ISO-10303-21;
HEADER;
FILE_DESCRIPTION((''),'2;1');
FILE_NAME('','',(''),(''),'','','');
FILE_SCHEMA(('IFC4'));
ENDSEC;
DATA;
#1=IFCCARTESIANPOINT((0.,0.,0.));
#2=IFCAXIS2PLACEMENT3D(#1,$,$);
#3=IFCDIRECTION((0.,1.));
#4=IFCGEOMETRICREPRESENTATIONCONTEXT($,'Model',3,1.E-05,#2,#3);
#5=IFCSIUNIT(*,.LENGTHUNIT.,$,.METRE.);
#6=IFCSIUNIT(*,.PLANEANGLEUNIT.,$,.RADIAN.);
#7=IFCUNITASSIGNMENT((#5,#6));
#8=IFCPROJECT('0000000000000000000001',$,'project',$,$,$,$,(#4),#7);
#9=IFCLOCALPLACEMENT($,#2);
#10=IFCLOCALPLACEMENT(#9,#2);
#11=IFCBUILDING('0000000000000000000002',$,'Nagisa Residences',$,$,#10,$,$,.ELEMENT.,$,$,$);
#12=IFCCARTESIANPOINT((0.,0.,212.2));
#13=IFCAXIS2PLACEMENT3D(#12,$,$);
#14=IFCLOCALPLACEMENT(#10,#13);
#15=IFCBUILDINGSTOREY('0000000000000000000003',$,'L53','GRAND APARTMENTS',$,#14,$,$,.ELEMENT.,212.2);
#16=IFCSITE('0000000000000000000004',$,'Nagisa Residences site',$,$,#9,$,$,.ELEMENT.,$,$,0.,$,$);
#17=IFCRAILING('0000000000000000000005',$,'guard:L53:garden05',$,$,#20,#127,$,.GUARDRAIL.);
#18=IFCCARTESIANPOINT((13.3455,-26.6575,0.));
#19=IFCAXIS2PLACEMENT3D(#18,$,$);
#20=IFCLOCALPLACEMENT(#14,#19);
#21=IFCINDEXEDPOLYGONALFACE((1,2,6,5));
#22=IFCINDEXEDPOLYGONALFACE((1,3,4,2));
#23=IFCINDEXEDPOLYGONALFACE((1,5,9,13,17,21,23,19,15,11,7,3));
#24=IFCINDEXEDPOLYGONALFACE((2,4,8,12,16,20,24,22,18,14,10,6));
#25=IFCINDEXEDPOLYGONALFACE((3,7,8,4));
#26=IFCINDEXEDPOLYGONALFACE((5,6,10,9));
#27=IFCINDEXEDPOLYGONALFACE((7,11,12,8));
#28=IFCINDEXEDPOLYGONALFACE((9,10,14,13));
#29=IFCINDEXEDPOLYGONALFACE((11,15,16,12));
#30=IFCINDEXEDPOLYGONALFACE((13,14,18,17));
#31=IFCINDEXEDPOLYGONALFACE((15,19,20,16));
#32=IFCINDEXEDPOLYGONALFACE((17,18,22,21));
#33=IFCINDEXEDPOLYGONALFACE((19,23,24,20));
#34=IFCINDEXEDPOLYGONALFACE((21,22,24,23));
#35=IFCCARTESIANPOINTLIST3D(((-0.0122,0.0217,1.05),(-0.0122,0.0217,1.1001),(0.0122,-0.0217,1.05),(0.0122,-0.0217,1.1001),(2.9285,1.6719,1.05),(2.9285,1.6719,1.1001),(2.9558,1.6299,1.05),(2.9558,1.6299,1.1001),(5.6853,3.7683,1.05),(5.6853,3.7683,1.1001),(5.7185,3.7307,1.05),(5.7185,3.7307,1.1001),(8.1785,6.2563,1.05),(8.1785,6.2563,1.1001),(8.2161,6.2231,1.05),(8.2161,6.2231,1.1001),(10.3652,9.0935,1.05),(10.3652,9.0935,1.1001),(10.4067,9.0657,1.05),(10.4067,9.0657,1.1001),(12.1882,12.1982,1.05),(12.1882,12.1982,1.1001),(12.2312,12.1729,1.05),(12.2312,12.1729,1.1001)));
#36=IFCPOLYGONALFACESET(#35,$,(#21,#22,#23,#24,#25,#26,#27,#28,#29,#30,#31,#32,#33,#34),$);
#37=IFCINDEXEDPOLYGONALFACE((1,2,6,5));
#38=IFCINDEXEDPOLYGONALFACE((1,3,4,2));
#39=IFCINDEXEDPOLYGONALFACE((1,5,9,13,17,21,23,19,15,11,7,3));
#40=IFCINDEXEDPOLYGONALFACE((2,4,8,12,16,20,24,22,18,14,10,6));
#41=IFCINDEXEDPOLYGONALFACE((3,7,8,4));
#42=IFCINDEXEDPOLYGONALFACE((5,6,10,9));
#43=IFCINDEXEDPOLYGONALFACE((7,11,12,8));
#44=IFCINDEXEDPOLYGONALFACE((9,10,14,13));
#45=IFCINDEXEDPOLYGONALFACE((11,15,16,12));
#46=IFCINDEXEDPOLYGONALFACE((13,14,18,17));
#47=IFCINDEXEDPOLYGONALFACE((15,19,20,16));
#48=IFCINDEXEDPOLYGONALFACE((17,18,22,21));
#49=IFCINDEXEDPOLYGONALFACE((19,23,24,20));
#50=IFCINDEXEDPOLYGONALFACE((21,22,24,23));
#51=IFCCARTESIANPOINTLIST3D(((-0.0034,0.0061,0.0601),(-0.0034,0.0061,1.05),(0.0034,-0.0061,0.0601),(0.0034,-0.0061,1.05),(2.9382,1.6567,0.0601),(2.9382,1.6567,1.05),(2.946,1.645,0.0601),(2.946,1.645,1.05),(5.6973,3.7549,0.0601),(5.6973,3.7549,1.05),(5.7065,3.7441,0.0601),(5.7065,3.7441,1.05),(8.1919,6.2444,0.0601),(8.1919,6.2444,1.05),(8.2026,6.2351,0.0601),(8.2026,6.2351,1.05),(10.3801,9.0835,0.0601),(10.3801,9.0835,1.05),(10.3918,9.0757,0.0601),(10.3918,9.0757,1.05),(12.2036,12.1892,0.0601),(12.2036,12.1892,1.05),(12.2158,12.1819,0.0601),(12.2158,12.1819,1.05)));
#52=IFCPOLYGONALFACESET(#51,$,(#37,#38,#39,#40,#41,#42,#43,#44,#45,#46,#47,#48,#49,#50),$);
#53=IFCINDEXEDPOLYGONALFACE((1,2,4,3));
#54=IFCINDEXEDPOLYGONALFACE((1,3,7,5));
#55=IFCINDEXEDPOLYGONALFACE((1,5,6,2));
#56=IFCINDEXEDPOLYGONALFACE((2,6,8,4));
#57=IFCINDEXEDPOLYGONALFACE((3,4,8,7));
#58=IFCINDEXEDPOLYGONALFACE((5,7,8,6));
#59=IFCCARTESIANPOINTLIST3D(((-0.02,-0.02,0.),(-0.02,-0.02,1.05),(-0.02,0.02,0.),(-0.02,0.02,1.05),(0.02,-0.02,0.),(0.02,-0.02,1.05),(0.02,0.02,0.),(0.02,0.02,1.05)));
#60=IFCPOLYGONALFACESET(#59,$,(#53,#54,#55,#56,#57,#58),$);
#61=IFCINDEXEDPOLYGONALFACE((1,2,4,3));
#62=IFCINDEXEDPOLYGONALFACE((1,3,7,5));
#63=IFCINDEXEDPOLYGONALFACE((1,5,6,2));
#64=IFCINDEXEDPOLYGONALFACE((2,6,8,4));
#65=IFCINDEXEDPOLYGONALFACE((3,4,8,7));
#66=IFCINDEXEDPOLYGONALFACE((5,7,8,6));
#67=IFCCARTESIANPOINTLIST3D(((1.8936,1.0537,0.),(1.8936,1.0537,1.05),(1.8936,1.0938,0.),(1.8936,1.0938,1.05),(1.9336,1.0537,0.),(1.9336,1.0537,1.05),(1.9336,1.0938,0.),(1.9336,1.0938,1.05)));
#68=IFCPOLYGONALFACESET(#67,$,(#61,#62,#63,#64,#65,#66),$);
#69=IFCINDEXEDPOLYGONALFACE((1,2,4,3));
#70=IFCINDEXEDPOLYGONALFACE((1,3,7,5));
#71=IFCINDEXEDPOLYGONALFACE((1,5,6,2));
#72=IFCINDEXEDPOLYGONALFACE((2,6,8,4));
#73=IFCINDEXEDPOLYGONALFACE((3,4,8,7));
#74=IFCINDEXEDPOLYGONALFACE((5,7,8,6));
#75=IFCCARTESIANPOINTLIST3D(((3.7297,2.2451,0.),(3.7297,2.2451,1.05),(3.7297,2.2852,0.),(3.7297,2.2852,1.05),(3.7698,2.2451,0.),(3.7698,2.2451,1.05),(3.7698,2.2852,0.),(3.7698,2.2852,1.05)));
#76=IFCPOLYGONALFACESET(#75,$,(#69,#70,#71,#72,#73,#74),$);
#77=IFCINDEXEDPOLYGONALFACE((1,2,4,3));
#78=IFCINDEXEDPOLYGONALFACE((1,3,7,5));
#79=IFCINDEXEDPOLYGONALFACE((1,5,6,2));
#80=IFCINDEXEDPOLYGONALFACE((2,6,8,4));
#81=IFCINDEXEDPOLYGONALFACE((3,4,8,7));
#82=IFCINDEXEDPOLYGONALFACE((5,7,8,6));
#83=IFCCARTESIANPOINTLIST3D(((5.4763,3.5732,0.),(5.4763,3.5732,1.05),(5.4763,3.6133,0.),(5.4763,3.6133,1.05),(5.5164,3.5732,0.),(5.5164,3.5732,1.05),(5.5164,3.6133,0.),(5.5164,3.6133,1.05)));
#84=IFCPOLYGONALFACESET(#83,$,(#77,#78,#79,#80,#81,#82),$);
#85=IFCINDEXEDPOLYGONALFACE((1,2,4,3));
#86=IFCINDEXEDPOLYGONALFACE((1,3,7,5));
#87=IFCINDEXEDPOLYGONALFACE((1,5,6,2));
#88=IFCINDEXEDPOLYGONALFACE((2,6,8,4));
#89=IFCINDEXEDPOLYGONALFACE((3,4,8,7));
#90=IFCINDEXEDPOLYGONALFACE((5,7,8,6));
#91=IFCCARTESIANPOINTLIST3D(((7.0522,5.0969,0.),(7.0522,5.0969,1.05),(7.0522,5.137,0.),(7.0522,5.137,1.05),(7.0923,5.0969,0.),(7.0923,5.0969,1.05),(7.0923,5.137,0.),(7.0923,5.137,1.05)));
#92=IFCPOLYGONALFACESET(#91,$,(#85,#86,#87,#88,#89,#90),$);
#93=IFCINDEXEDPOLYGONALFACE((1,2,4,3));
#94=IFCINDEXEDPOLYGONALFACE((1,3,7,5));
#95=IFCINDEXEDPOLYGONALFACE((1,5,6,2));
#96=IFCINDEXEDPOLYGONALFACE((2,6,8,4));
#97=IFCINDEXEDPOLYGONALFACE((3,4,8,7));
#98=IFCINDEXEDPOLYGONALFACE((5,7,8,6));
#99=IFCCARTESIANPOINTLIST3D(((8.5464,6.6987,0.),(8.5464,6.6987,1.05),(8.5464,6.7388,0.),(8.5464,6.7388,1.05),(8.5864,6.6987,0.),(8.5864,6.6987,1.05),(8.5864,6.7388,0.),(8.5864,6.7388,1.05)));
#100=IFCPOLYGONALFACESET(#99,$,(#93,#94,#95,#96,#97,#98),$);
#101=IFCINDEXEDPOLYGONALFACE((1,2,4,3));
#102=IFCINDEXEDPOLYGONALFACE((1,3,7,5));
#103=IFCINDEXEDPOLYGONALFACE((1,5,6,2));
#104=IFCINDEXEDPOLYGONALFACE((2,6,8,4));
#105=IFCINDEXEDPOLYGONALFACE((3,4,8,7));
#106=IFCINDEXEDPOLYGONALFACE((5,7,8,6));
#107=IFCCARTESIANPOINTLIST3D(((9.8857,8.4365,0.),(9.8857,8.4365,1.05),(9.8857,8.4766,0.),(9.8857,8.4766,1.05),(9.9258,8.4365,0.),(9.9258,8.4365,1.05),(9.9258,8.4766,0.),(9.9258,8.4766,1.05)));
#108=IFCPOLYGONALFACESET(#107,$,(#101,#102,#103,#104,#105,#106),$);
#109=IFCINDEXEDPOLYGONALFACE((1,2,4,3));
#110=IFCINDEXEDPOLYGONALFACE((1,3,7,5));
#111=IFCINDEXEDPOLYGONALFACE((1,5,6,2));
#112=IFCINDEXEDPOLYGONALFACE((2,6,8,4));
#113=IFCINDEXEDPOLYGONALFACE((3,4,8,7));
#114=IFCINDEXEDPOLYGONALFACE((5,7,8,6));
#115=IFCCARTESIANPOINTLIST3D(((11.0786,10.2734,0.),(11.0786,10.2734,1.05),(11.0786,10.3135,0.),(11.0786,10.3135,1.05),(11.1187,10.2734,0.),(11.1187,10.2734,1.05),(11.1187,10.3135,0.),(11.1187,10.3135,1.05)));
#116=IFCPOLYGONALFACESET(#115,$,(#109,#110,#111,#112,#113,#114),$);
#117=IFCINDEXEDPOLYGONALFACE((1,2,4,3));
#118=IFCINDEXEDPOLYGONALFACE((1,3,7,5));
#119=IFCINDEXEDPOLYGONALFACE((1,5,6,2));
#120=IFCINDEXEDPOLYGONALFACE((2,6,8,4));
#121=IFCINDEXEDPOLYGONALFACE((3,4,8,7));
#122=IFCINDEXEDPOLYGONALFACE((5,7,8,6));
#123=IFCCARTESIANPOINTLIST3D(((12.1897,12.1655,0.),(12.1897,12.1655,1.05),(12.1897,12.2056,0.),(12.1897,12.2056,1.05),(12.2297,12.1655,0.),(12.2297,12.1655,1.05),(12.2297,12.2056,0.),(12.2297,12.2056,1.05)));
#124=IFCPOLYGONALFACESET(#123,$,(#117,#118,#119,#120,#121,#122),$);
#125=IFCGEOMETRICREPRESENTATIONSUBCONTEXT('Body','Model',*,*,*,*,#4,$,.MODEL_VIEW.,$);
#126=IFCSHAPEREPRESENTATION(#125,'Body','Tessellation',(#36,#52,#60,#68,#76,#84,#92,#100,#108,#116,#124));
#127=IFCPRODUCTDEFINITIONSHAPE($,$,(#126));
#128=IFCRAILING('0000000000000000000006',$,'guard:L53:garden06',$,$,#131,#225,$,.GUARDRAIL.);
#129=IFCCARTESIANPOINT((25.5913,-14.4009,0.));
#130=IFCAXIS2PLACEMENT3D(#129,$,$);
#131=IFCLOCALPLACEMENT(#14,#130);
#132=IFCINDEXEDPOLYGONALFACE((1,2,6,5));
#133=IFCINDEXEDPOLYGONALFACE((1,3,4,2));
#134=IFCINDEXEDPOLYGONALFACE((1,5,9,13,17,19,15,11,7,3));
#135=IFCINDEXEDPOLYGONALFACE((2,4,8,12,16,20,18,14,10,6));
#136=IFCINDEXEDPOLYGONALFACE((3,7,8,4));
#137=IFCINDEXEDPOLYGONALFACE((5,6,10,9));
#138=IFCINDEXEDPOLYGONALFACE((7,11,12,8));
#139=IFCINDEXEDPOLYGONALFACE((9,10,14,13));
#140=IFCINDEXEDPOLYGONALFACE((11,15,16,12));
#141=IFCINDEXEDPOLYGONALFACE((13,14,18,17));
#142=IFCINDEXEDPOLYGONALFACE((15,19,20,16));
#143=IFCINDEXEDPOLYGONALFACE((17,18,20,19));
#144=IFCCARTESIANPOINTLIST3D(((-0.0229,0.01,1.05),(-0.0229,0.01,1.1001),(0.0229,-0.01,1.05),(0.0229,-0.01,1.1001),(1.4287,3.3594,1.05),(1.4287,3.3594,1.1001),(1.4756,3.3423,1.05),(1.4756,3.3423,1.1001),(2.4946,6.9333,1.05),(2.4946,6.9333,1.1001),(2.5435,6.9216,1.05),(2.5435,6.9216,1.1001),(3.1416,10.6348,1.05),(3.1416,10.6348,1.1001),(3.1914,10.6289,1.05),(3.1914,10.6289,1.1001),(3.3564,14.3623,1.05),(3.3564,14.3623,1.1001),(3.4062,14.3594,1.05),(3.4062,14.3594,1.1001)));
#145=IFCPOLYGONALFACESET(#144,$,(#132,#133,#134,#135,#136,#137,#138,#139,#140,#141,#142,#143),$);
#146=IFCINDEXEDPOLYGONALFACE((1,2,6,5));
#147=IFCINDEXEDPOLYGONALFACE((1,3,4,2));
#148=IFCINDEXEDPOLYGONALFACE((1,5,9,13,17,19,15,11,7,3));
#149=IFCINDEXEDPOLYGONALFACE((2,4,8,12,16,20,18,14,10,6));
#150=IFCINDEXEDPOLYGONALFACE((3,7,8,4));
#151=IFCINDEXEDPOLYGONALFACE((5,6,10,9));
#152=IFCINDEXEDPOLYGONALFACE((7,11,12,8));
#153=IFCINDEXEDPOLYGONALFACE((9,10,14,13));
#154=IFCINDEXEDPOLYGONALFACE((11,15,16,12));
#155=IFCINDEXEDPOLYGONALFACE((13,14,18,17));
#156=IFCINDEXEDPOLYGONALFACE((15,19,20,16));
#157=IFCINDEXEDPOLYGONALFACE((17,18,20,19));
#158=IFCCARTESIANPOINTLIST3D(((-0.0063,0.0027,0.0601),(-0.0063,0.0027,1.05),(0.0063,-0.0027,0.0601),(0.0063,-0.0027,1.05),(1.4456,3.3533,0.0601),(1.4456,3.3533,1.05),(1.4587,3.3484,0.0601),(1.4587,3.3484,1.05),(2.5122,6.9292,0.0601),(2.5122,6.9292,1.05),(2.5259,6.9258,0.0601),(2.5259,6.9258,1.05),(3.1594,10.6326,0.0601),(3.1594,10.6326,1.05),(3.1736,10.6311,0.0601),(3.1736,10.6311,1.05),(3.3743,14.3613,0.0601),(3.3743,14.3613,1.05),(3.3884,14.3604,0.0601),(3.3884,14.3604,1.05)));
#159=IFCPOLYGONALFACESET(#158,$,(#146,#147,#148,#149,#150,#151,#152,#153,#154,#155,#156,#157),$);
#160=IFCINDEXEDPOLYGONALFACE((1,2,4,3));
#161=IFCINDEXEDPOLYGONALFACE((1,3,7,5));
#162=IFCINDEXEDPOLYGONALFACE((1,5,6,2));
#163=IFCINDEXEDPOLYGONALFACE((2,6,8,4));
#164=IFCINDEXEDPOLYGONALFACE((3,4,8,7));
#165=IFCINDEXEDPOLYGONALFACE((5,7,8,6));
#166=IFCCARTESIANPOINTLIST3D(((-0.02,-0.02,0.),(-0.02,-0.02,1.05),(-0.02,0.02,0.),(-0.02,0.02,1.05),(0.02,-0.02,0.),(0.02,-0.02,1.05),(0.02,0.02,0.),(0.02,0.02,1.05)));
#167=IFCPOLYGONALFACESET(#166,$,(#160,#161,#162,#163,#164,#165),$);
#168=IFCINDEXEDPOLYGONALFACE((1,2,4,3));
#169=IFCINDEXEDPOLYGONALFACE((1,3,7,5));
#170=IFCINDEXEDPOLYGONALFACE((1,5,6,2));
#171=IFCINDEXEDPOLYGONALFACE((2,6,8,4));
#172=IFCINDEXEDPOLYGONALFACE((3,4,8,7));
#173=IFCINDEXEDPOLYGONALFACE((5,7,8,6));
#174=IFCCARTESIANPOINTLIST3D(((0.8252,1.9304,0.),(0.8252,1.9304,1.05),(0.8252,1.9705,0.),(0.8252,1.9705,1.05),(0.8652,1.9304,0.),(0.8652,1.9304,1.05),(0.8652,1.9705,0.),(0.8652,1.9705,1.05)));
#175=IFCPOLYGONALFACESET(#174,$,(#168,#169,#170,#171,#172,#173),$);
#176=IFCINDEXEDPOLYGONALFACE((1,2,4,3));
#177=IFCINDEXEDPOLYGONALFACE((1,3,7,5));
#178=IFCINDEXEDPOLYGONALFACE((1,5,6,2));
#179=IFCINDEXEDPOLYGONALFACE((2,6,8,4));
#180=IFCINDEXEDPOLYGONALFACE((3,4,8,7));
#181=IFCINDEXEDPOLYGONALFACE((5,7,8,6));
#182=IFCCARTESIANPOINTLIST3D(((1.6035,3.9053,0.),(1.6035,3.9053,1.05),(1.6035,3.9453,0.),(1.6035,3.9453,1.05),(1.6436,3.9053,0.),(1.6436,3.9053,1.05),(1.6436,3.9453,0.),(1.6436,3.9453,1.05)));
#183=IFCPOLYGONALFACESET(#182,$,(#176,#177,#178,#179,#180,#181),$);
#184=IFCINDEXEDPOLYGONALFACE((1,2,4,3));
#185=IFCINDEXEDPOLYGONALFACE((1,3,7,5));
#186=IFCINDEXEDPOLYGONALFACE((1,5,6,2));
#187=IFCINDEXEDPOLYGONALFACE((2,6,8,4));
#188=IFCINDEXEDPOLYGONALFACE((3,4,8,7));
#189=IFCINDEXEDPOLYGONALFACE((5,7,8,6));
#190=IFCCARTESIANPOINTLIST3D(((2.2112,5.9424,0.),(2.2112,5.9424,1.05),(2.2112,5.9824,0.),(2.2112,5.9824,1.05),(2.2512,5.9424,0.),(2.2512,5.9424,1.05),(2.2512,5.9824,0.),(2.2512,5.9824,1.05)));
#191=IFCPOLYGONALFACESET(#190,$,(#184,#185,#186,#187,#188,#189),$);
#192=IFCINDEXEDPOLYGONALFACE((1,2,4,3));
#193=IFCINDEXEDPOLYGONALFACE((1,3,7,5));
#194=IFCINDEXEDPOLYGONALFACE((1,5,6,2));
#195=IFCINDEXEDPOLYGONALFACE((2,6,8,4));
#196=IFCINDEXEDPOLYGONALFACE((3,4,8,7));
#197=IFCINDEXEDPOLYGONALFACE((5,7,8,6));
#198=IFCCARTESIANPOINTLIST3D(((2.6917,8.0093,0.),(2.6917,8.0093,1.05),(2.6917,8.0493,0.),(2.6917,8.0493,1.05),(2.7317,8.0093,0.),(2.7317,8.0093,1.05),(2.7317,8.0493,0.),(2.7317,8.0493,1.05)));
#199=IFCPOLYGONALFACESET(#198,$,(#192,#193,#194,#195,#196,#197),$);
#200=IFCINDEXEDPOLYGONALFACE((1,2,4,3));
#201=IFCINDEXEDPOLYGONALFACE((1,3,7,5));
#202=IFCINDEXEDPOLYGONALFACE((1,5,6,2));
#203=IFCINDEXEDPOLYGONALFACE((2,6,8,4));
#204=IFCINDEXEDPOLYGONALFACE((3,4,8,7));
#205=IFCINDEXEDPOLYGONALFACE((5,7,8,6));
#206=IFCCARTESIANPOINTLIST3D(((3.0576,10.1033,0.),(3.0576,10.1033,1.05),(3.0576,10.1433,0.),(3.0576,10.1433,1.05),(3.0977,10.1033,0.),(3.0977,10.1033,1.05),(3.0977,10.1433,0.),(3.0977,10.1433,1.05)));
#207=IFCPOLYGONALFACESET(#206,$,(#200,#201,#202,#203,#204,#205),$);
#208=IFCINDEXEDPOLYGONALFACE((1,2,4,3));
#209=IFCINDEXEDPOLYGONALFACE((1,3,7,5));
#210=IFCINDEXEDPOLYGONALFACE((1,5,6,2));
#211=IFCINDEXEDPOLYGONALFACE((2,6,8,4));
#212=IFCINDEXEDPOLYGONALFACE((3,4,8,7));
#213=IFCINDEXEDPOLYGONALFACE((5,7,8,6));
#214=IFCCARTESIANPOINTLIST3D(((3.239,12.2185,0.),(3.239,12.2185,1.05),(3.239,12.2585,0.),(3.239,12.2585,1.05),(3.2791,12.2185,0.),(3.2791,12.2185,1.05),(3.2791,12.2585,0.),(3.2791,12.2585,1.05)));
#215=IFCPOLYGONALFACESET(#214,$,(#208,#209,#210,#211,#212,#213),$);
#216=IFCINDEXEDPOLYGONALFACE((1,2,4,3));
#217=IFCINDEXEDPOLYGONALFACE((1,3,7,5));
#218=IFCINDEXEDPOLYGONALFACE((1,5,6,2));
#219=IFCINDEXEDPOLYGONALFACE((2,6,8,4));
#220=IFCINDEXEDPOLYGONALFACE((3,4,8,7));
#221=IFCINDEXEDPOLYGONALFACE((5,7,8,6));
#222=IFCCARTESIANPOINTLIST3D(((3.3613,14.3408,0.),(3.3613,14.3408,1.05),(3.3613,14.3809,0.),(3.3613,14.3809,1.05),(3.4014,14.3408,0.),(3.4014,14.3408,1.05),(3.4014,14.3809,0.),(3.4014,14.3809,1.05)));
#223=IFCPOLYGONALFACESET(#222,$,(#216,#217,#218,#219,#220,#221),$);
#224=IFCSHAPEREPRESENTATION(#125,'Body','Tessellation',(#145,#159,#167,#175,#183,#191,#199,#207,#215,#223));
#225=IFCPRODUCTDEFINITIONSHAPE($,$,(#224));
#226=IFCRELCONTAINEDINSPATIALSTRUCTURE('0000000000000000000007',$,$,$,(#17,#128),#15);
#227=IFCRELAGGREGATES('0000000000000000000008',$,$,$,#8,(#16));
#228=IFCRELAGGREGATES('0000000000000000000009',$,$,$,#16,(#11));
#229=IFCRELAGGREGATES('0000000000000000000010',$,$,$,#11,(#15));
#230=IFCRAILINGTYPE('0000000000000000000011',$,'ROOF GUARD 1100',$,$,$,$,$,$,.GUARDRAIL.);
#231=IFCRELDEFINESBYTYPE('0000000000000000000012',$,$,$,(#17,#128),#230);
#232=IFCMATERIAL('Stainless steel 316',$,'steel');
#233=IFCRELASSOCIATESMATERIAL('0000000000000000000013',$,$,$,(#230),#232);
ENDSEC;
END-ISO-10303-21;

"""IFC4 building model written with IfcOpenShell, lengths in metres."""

from ifc_helpers import new_model, si_unit, direction, frame, origin, origin_2d, place, context, subcontext, project, spatial, polyline, rectangle, outline, extrude, material, type_object, element, save


model = new_model("IFC4")

# Units and contexts
model_context = context("Model", 3, precision=1e-05, world=origin(), true_north=direction((0.0, 1.0)))
body_context = subcontext(model_context, "Body", "Model", "MODEL_VIEW")
ifc_project = project(units=[si_unit("LENGTHUNIT", "METRE"), si_unit("PLANEANGLEUNIT", "RADIAN")], contexts=[model_context])

# Site, building, storey
site_placement = place(None, origin())
site = spatial("IfcSite", under=ifc_project, at=site_placement, Name="Nagisa Residences site", CompositionType="ELEMENT", RefElevation=0.0)
building_placement = place(site_placement, origin())
building = spatial("IfcBuilding", under=site, at=building_placement, Name="Nagisa Residences", CompositionType="ELEMENT")
storey_placement = place(building_placement, frame((0.0, 0.0, 212.2)))
storey = spatial("IfcBuildingStorey", under=building, at=storey_placement, Name="L53", Description="GRAND APARTMENTS", CompositionType="ELEMENT", Elevation=212.2)

# Railings
ifc_material_1 = material(Name="Stainless steel 316", Category="steel")
railing_type = type_object("IfcRailingType", Name="ROOF GUARD 1100", PredefinedType="GUARDRAIL", material=ifc_material_1)
railing_1_placement = place(storey_placement, frame((13.3455, -26.6575, 0.0)))
element("IfcRailing", 1, at=railing_1_placement, inside=storey, type_object=railing_type, Name="guard:L53:garden05", PredefinedType="GUARDRAIL", context=body_context, shape_type="SweptSolid", body=[
    extrude(outline(polyline([(2.9285, 1.6719), (-0.0122, 0.0217), (0.0122, -0.0217), (2.9558, 1.6299), (5.7185, 3.7307), (8.2161, 6.2231), (10.4067, 9.0657), (12.2312, 12.1729), (12.1882, 12.1982), (10.3652, 9.0935), (8.1785, 6.2563), (5.6853, 3.7683), (2.9285, 1.6719)])), frame((0.0, 0.0, 1.05)), (0.0, 0.0, 1.0), 0.05),
    extrude(outline(polyline([(2.9382, 1.6567), (-0.0034, 0.0061), (0.0034, -0.0061), (2.946, 1.645), (5.7065, 3.7441), (8.2026, 6.2351), (10.3918, 9.0757), (12.2158, 12.1819), (12.2036, 12.1892), (10.3801, 9.0835), (8.1919, 6.2444), (5.6973, 3.7549), (2.9382, 1.6567)])), frame((0.0, 0.0, 0.0601)), (0.0, 0.0, 1.0), 0.99),
    extrude(rectangle(XDim=0.04, YDim=0.04, at=origin_2d()), origin(), (0.0, 0.0, 1.0), 1.05),
    extrude(rectangle(XDim=0.04, YDim=0.04, at=origin_2d()), frame((1.9136, 1.0737, 0.0)), (0.0, 0.0, 1.0), 1.05),
    extrude(rectangle(XDim=0.04, YDim=0.04, at=origin_2d()), frame((3.7498, 2.2651, 0.0)), (0.0, 0.0, 1.0), 1.05),
    extrude(rectangle(XDim=0.04, YDim=0.04, at=origin_2d()), frame((5.4963, 3.5933, 0.0)), (0.0, 0.0, 1.0), 1.05),
    extrude(rectangle(XDim=0.04, YDim=0.04, at=origin_2d()), frame((7.0723, 5.1169, 0.0)), (0.0, 0.0, 1.0), 1.05),
    extrude(rectangle(XDim=0.04, YDim=0.04, at=origin_2d()), frame((8.5664, 6.7188, 0.0)), (0.0, 0.0, 1.0), 1.05),
    extrude(rectangle(XDim=0.04, YDim=0.04, at=origin_2d()), frame((9.9058, 8.4565, 0.0)), (0.0, 0.0, 1.0), 1.05),
    extrude(rectangle(XDim=0.04, YDim=0.04, at=origin_2d()), frame((11.0986, 10.2935, 0.0)), (0.0, 0.0, 1.0), 1.05),
    extrude(rectangle(XDim=0.04, YDim=0.04, at=origin_2d()), frame((12.2097, 12.1855, 0.0)), (0.0, 0.0, 1.0), 1.05),
])
railing_2_placement = place(storey_placement, frame((25.5913, -14.4009, 0.0)))
element("IfcRailing", 2, at=railing_2_placement, inside=storey, type_object=railing_type, Name="guard:L53:garden06", PredefinedType="GUARDRAIL", context=body_context, shape_type="SweptSolid", body=[
    extrude(outline(polyline([(1.4287, 3.3594), (-0.0229, 0.01), (0.0229, -0.01), (1.4756, 3.3423), (2.5435, 6.9216), (3.1914, 10.6289), (3.4062, 14.3594), (3.3564, 14.3623), (3.1416, 10.6348), (2.4946, 6.9333), (1.4287, 3.3594)])), frame((0.0, 0.0, 1.05)), (0.0, 0.0, 1.0), 0.05),
    extrude(outline(polyline([(1.4456, 3.3533), (-0.0063, 0.0027), (0.0063, -0.0027), (1.4587, 3.3484), (2.5259, 6.9258), (3.1736, 10.6311), (3.3884, 14.3604), (3.3743, 14.3613), (3.1594, 10.6326), (2.5122, 6.9292), (1.4456, 3.3533)])), frame((0.0, 0.0, 0.0601)), (0.0, 0.0, 1.0), 0.99),
    extrude(rectangle(XDim=0.04, YDim=0.04, at=origin_2d()), origin(), (0.0, 0.0, 1.0), 1.05),
    extrude(rectangle(XDim=0.04, YDim=0.04, at=origin_2d()), frame((0.8452, 1.9504, 0.0)), (0.0, 0.0, 1.0), 1.05),
    extrude(rectangle(XDim=0.04, YDim=0.04, at=origin_2d()), frame((1.6235, 3.9253, 0.0)), (0.0, 0.0, 1.0), 1.05),
    extrude(rectangle(XDim=0.04, YDim=0.04, at=origin_2d()), frame((2.2312, 5.9624, 0.0)), (0.0, 0.0, 1.0), 1.05),
    extrude(rectangle(XDim=0.04, YDim=0.04, at=origin_2d()), frame((2.7117, 8.0293, 0.0)), (0.0, 0.0, 1.0), 1.05),
    extrude(rectangle(XDim=0.04, YDim=0.04, at=origin_2d()), frame((3.0776, 10.1233, 0.0)), (0.0, 0.0, 1.0), 1.05),
    extrude(rectangle(XDim=0.04, YDim=0.04, at=origin_2d()), frame((3.259, 12.2385, 0.0)), (0.0, 0.0, 1.0), 1.05),
    extrude(rectangle(XDim=0.04, YDim=0.04, at=origin_2d()), frame((3.3813, 14.3608, 0.0)), (0.0, 0.0, 1.0), 1.05),
])

save(model, "model.ifc")
